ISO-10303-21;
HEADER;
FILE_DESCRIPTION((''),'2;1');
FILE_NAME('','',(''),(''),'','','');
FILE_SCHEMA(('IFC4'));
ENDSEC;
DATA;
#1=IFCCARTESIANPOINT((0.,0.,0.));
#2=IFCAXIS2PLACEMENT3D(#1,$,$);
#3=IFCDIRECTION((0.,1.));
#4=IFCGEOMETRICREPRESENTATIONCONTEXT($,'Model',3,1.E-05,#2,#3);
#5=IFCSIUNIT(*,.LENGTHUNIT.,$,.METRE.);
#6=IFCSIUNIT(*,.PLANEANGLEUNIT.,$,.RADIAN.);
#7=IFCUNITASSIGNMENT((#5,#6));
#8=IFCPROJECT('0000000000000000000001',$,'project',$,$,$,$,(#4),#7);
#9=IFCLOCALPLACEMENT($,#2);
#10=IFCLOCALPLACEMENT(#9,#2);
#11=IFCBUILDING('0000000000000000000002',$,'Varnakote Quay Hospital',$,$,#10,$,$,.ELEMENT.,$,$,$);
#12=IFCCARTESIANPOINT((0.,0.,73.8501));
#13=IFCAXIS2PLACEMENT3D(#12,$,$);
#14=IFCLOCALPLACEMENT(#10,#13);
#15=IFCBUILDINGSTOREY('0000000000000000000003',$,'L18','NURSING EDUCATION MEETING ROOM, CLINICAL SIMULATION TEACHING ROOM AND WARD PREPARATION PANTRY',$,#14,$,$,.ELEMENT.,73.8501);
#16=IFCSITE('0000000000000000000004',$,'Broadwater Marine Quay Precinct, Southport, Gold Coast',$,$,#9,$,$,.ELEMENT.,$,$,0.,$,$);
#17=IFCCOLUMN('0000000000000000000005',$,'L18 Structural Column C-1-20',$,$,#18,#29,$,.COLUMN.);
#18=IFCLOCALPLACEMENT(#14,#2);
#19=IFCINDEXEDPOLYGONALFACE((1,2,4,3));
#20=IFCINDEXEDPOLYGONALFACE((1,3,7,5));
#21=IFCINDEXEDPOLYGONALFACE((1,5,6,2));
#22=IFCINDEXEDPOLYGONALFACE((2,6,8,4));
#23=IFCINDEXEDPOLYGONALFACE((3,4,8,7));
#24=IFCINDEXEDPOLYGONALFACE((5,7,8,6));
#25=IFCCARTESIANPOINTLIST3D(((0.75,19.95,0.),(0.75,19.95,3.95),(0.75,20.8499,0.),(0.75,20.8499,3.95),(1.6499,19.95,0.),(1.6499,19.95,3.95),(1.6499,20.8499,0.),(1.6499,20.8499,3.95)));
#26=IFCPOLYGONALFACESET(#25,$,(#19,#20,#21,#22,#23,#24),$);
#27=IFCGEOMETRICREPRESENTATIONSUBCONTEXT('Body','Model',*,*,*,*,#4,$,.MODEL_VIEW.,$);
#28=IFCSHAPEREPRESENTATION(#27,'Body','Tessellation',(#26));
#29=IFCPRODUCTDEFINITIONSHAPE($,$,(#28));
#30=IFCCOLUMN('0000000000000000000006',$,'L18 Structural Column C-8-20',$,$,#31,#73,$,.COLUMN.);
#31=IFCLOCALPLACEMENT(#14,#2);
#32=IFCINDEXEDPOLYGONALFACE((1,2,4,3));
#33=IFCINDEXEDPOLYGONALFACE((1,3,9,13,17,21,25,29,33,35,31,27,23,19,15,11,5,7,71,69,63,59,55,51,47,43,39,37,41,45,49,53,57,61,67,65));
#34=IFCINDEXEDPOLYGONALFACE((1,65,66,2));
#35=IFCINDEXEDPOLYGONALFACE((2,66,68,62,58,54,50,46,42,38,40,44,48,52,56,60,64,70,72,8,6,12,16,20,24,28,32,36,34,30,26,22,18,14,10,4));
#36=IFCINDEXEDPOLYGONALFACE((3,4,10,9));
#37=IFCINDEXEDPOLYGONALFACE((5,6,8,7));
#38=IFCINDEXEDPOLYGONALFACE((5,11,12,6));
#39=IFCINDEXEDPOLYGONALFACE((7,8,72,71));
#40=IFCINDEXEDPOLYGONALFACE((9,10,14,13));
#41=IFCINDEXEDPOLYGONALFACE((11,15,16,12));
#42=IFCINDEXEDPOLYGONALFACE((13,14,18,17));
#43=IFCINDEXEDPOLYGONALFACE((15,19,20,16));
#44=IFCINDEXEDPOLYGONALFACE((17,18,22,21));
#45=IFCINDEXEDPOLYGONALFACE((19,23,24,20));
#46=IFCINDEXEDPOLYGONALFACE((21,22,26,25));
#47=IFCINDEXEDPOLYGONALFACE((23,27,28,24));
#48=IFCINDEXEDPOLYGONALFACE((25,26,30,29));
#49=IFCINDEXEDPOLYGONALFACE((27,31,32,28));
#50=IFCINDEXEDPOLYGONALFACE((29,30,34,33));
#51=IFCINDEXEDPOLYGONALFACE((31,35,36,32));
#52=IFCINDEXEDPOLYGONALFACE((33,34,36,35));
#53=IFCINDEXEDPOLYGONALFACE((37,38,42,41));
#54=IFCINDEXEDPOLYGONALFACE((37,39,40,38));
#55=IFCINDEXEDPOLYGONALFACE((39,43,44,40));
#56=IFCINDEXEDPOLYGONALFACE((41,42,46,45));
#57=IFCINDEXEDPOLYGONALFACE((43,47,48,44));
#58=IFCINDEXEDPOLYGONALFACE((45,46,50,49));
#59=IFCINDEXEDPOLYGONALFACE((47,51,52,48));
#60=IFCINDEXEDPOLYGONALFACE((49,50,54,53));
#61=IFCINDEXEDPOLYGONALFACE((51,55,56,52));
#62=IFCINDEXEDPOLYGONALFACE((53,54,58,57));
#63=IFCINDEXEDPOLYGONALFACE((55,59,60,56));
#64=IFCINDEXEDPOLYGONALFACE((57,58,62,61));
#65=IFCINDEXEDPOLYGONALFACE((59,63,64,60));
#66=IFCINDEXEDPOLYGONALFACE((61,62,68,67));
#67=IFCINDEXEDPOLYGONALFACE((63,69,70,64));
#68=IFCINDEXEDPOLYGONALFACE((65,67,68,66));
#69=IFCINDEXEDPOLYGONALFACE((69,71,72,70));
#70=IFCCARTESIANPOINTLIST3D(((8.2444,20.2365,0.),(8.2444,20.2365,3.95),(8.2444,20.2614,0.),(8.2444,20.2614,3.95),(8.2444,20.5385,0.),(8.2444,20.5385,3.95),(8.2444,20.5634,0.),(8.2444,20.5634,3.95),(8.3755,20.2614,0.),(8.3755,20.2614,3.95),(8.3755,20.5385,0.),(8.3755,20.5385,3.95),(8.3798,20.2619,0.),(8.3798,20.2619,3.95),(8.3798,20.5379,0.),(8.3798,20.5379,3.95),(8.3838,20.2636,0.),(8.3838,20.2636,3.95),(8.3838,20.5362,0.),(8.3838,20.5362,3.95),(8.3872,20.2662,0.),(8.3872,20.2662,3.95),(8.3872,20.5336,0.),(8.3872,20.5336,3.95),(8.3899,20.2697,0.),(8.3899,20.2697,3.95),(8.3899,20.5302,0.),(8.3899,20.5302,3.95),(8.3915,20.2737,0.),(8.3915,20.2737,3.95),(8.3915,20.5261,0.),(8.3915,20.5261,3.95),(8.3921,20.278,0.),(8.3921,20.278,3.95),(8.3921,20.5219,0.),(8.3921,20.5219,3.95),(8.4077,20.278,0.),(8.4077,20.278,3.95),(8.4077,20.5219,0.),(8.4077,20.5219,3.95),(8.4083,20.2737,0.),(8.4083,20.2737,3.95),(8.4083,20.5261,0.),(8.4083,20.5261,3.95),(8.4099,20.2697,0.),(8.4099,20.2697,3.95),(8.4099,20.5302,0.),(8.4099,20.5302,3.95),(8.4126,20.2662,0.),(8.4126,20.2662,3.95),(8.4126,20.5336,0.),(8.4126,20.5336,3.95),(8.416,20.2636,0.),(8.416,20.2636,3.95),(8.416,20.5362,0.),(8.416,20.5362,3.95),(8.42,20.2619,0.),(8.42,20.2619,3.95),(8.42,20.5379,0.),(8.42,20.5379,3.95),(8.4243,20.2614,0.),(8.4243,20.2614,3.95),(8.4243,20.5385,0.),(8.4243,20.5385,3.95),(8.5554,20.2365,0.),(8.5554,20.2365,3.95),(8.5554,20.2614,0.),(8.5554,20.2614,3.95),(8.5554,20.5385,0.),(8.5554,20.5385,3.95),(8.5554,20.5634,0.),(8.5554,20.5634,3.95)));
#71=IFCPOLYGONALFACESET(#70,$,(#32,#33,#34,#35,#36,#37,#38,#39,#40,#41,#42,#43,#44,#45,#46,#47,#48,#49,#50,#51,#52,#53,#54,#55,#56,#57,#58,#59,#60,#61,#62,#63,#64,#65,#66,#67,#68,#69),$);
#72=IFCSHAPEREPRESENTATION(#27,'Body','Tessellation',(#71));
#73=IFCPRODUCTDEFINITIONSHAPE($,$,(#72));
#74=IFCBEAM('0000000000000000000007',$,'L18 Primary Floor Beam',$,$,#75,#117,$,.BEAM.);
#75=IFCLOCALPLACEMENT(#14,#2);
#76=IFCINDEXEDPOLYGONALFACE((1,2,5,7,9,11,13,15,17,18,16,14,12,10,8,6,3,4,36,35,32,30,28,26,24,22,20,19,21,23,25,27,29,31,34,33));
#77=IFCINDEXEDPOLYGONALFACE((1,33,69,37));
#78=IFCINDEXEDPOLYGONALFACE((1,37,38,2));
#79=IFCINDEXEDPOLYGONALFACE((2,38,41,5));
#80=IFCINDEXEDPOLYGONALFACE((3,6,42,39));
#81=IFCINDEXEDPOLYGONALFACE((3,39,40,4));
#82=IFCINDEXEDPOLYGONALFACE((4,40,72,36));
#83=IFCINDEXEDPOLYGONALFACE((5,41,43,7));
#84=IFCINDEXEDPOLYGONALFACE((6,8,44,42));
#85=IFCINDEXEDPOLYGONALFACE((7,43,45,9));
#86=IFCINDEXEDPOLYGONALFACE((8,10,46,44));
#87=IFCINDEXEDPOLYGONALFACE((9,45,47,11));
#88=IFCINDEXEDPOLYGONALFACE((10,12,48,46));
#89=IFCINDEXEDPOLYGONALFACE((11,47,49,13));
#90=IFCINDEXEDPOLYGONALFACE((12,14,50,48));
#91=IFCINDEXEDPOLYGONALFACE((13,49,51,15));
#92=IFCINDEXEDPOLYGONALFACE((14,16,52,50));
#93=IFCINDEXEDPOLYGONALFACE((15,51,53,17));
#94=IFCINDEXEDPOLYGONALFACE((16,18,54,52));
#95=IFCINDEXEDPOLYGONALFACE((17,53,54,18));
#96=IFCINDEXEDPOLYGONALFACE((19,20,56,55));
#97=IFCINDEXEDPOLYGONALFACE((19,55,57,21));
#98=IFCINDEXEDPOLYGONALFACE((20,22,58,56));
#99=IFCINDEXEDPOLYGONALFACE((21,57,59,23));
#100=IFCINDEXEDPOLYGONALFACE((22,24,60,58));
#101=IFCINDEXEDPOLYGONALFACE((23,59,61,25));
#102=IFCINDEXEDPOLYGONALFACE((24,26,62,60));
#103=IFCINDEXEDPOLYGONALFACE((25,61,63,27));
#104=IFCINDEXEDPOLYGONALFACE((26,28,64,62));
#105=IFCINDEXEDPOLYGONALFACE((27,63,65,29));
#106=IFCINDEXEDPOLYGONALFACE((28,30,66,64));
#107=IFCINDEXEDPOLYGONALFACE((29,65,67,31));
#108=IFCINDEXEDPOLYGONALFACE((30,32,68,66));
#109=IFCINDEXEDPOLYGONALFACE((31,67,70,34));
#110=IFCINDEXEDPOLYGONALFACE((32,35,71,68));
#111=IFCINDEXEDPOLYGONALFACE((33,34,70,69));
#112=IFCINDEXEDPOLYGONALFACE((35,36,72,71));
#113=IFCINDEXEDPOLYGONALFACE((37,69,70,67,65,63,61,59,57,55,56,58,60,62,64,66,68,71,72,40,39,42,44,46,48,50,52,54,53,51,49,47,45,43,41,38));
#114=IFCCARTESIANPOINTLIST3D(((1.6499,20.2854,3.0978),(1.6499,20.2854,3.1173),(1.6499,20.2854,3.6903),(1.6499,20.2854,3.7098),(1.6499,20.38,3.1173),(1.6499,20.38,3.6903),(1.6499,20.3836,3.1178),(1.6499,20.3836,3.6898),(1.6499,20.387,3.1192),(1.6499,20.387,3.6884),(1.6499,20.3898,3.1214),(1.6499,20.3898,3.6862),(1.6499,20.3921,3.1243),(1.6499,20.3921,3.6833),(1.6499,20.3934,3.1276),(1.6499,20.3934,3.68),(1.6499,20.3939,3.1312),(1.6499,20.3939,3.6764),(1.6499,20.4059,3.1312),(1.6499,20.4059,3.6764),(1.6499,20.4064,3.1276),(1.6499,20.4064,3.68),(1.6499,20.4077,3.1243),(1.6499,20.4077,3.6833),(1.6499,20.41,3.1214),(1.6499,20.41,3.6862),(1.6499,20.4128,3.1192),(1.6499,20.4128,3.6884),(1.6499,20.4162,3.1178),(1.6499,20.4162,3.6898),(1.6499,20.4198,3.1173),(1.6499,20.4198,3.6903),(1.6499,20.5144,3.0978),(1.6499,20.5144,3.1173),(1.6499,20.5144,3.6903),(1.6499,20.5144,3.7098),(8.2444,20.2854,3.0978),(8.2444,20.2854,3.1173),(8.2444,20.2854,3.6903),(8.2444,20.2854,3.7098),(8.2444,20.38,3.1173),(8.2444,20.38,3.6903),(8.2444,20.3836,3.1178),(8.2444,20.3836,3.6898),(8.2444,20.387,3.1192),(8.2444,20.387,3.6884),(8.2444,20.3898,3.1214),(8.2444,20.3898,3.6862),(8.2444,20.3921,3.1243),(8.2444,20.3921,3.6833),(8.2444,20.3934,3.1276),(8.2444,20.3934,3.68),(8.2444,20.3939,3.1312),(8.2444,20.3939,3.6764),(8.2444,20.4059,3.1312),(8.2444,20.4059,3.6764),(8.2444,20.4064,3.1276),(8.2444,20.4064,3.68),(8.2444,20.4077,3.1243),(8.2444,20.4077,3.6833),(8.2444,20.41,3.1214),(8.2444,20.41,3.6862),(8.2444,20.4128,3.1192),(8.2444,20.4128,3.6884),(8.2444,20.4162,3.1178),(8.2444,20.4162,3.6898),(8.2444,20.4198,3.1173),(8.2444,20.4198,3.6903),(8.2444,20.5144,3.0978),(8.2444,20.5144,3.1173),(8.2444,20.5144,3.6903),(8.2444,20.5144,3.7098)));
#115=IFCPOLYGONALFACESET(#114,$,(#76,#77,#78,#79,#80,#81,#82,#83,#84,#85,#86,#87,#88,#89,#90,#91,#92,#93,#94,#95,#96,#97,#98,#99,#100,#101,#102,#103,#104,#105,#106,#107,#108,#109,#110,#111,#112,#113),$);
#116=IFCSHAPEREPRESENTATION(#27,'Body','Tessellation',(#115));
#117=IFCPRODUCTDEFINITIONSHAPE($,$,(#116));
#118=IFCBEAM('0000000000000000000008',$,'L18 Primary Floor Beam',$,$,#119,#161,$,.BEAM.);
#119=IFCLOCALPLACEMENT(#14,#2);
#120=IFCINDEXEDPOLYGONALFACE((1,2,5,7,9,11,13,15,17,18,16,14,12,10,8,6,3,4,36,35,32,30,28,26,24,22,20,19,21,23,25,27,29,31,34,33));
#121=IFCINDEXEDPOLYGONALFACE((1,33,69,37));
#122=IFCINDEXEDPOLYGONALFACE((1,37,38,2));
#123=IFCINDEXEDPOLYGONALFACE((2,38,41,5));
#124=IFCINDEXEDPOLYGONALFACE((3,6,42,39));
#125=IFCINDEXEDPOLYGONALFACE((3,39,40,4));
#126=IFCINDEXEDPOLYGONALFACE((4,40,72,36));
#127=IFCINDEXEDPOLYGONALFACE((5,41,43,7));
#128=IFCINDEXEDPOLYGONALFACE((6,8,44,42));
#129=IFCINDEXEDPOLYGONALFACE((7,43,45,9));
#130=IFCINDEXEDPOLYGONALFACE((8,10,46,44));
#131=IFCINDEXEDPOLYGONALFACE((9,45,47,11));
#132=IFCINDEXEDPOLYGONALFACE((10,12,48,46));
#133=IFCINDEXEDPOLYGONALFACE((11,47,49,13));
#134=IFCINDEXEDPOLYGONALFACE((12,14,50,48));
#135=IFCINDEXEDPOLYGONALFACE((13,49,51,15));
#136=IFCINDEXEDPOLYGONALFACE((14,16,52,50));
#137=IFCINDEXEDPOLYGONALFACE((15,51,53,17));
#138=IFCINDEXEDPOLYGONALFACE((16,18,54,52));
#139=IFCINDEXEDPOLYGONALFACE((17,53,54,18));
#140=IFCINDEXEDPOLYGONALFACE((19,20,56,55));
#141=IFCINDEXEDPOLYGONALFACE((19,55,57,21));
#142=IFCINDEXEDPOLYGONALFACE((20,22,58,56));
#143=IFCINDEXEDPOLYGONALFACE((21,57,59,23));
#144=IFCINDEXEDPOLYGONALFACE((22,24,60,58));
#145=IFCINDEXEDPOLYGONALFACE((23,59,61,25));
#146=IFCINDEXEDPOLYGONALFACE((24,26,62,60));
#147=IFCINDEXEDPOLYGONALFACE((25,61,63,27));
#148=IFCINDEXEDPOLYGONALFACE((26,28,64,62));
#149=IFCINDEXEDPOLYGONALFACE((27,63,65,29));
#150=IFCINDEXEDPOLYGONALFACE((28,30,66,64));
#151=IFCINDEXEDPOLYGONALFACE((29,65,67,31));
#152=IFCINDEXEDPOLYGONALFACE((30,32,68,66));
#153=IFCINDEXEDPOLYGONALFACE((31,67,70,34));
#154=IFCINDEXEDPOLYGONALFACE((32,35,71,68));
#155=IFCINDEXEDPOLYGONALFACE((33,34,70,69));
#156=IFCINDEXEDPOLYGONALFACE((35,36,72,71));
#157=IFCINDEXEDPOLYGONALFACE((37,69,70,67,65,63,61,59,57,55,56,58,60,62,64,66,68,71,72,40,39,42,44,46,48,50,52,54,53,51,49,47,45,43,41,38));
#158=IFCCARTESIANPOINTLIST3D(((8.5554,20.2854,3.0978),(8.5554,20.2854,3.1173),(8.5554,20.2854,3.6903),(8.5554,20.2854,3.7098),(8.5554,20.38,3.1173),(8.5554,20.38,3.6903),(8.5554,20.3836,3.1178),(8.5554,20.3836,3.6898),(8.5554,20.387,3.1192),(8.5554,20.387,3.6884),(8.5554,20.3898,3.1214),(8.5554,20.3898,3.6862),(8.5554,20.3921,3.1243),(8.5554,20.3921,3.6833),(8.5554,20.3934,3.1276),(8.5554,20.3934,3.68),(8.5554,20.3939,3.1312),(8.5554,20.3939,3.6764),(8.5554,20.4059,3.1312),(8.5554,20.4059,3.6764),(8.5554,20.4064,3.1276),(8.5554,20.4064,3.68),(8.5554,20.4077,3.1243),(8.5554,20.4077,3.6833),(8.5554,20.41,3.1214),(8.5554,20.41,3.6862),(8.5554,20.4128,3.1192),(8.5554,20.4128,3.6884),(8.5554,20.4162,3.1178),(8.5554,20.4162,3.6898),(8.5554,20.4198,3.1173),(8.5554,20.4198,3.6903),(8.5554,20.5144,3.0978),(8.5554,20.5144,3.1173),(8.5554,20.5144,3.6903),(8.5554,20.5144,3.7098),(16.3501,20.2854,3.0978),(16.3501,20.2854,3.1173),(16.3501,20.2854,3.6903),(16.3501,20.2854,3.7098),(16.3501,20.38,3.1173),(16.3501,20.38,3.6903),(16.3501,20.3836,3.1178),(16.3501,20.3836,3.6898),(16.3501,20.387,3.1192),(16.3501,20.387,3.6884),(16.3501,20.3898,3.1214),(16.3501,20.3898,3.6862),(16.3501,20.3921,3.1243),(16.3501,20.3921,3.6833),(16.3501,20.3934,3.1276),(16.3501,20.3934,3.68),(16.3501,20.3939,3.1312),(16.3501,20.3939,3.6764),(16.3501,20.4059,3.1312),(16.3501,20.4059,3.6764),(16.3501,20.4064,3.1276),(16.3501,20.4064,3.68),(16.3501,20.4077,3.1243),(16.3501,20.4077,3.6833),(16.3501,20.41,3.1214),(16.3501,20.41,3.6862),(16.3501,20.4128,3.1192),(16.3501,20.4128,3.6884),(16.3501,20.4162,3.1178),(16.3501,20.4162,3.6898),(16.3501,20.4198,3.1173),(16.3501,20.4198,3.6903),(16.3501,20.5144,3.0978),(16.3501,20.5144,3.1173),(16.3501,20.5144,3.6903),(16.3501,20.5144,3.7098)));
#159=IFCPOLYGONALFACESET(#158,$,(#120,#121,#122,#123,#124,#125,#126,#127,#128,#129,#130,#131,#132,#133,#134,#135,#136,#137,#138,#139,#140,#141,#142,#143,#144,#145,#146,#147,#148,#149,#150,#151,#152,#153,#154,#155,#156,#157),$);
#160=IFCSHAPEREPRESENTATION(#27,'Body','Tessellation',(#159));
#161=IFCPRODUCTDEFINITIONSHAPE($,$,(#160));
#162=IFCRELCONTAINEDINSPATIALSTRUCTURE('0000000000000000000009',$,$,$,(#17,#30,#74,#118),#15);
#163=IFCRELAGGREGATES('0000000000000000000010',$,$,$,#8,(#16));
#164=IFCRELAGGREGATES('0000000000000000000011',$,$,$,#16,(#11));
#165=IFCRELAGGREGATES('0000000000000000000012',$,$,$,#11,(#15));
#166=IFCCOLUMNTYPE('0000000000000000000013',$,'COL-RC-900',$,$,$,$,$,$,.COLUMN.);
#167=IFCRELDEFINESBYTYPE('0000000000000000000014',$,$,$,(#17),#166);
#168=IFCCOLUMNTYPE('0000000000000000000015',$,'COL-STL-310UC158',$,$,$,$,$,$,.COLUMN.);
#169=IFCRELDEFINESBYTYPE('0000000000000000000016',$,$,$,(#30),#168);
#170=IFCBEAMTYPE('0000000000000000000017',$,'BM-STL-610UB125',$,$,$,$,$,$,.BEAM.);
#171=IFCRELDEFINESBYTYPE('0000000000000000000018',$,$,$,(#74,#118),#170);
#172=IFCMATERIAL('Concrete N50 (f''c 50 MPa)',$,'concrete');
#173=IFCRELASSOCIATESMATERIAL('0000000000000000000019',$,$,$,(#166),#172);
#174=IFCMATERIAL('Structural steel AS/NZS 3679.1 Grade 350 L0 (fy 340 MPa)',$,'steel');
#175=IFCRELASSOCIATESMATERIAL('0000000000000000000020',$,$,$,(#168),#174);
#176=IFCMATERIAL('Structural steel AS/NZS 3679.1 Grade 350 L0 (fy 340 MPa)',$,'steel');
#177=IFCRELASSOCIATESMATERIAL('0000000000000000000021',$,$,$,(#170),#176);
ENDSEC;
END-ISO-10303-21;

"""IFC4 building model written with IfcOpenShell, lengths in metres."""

from ifc_helpers import new_model, si_unit, direction, frame, origin, origin_2d, place, context, subcontext, project, spatial, rectangle, i_section, extrude, material, material_profile, profile_set, type_object, element, save


model = new_model("IFC4")

# Units and contexts
model_context = context("Model", 3, precision=1e-05, world=origin(), true_north=direction((0.0, 1.0)))
body_context = subcontext(model_context, "Body", "Model", "MODEL_VIEW")
ifc_project = project(units=[si_unit("LENGTHUNIT", "METRE"), si_unit("PLANEANGLEUNIT", "RADIAN")], contexts=[model_context])

# Site, building, storey
site_placement = place(None, origin())
site = spatial("IfcSite", under=ifc_project, at=site_placement, Name="Broadwater Marine Quay Precinct, Southport, Gold Coast", CompositionType="ELEMENT", RefElevation=0.0)
building_placement = place(site_placement, origin())
building = spatial("IfcBuilding", under=site, at=building_placement, Name="Varnakote Quay Hospital", CompositionType="ELEMENT")
storey_placement = place(building_placement, frame((0.0, 0.0, 73.8501)))
storey = spatial("IfcBuildingStorey", under=building, at=storey_placement, Name="L18", Description="NURSING EDUCATION MEETING ROOM, CLINICAL SIMULATION TEACHING ROOM AND WARD PREPARATION PANTRY", CompositionType="ELEMENT", Elevation=73.8501)

# Columns
ifc_material_1 = material(Name="Concrete N50 (f'c 50 MPa)", Category="concrete")
ifc_material_profile_1 = material_profile(ifc_material_1, rectangle(XDim=0.8999, YDim=0.8999, at=origin_2d()), Name="RC-COL-900x900")
ifc_profile_set_1 = profile_set([ifc_material_profile_1], Name="Concrete N50 (f'c 50 MPa)")
column_type_1 = type_object("IfcColumnType", Name="COL-RC-900", PredefinedType="COLUMN", material=ifc_profile_set_1)
column_1_placement = place(storey_placement, frame((1.2, 20.3999, 0.0), z_axis=(0.0, 0.0, 1.0), x_axis=(1.0, 0.0, 0.0)))
element("IfcColumn", 1, at=column_1_placement, inside=storey, type_object=column_type_1, Name="L18 Structural Column C-1-20", PredefinedType="COLUMN", context=body_context, shape_type="SweptSolid", body=[
    extrude(rectangle(XDim=0.8999, YDim=0.8999, at=origin_2d()), origin(), (0.0, 0.0, 1.0), 3.95),
])
ifc_material_2 = material(Name="Structural steel AS/NZS 3679.1 Grade 350 L0 (fy 340 MPa)", Category="steel")
ifc_material_profile_2 = material_profile(ifc_material_2, i_section(OverallWidth=0.311, OverallDepth=0.3269, WebThickness=0.0156, FlangeThickness=0.0249, FilletRadius=0.0166, at=origin_2d()), Name="310UC158")
ifc_profile_set_2 = profile_set([ifc_material_profile_2], Name="Structural steel AS/NZS 3679.1 Grade 350 L0 (fy 340 MPa)")
column_type_2 = type_object("IfcColumnType", Name="COL-STL-310UC158", PredefinedType="COLUMN", material=ifc_profile_set_2)
column_2_placement = place(storey_placement, frame((8.3999, 20.3999, 0.0), z_axis=(0.0, 0.0, 1.0), x_axis=(1.0, 0.0, 0.0)))
element("IfcColumn", 2, at=column_2_placement, inside=storey, type_object=column_type_2, Name="L18 Structural Column C-8-20", PredefinedType="COLUMN", context=body_context, shape_type="SweptSolid", body=[
    extrude(i_section(OverallWidth=0.311, OverallDepth=0.3269, WebThickness=0.0156, FlangeThickness=0.0249, FilletRadius=0.0166, at=origin_2d()), origin(), (0.0, 0.0, 1.0), 3.95),
])

# Beams
ifc_material_3 = material(Name="Structural steel AS/NZS 3679.1 Grade 350 L0 (fy 340 MPa)", Category="steel")
ifc_material_profile_3 = material_profile(ifc_material_3, i_section(OverallWidth=0.229, OverallDepth=0.6121, WebThickness=0.012, FlangeThickness=0.0195, FilletRadius=0.0139, at=origin_2d()), Name="610UB125")
ifc_profile_set_3 = profile_set([ifc_material_profile_3], Name="Structural steel AS/NZS 3679.1 Grade 350 L0 (fy 340 MPa)")
beam_type_1 = type_object("IfcBeamType", Name="BM-STL-610UB125", PredefinedType="BEAM", material=ifc_profile_set_3)
beam_1_placement = place(storey_placement, frame((1.6499, 20.3999, 3.4038), z_axis=(1.0, 0.0, 0.0), x_axis=(0.0, 1.0, 0.0)))
element("IfcBeam", 3, at=beam_1_placement, inside=storey, type_object=beam_type_1, Name="L18 Primary Floor Beam", PredefinedType="BEAM", context=body_context, shape_type="SweptSolid", body=[
    extrude(i_section(OverallWidth=0.229, OverallDepth=0.6121, WebThickness=0.012, FlangeThickness=0.0195, FilletRadius=0.0139, at=origin_2d()), origin(), (0.0, 0.0, 1.0), 6.5945),
])
beam_2_placement = place(storey_placement, frame((8.5554, 20.3999, 3.4038), z_axis=(1.0, 0.0, 0.0), x_axis=(0.0, 1.0, 0.0)))
element("IfcBeam", 4, at=beam_2_placement, inside=storey, type_object=beam_type_1, Name="L18 Primary Floor Beam", PredefinedType="BEAM", context=body_context, shape_type="SweptSolid", body=[
    extrude(i_section(OverallWidth=0.229, OverallDepth=0.6121, WebThickness=0.012, FlangeThickness=0.0195, FilletRadius=0.0139, at=origin_2d()), origin(), (0.0, 0.0, 1.0), 7.7947),
])

save(model, "model.ifc")
